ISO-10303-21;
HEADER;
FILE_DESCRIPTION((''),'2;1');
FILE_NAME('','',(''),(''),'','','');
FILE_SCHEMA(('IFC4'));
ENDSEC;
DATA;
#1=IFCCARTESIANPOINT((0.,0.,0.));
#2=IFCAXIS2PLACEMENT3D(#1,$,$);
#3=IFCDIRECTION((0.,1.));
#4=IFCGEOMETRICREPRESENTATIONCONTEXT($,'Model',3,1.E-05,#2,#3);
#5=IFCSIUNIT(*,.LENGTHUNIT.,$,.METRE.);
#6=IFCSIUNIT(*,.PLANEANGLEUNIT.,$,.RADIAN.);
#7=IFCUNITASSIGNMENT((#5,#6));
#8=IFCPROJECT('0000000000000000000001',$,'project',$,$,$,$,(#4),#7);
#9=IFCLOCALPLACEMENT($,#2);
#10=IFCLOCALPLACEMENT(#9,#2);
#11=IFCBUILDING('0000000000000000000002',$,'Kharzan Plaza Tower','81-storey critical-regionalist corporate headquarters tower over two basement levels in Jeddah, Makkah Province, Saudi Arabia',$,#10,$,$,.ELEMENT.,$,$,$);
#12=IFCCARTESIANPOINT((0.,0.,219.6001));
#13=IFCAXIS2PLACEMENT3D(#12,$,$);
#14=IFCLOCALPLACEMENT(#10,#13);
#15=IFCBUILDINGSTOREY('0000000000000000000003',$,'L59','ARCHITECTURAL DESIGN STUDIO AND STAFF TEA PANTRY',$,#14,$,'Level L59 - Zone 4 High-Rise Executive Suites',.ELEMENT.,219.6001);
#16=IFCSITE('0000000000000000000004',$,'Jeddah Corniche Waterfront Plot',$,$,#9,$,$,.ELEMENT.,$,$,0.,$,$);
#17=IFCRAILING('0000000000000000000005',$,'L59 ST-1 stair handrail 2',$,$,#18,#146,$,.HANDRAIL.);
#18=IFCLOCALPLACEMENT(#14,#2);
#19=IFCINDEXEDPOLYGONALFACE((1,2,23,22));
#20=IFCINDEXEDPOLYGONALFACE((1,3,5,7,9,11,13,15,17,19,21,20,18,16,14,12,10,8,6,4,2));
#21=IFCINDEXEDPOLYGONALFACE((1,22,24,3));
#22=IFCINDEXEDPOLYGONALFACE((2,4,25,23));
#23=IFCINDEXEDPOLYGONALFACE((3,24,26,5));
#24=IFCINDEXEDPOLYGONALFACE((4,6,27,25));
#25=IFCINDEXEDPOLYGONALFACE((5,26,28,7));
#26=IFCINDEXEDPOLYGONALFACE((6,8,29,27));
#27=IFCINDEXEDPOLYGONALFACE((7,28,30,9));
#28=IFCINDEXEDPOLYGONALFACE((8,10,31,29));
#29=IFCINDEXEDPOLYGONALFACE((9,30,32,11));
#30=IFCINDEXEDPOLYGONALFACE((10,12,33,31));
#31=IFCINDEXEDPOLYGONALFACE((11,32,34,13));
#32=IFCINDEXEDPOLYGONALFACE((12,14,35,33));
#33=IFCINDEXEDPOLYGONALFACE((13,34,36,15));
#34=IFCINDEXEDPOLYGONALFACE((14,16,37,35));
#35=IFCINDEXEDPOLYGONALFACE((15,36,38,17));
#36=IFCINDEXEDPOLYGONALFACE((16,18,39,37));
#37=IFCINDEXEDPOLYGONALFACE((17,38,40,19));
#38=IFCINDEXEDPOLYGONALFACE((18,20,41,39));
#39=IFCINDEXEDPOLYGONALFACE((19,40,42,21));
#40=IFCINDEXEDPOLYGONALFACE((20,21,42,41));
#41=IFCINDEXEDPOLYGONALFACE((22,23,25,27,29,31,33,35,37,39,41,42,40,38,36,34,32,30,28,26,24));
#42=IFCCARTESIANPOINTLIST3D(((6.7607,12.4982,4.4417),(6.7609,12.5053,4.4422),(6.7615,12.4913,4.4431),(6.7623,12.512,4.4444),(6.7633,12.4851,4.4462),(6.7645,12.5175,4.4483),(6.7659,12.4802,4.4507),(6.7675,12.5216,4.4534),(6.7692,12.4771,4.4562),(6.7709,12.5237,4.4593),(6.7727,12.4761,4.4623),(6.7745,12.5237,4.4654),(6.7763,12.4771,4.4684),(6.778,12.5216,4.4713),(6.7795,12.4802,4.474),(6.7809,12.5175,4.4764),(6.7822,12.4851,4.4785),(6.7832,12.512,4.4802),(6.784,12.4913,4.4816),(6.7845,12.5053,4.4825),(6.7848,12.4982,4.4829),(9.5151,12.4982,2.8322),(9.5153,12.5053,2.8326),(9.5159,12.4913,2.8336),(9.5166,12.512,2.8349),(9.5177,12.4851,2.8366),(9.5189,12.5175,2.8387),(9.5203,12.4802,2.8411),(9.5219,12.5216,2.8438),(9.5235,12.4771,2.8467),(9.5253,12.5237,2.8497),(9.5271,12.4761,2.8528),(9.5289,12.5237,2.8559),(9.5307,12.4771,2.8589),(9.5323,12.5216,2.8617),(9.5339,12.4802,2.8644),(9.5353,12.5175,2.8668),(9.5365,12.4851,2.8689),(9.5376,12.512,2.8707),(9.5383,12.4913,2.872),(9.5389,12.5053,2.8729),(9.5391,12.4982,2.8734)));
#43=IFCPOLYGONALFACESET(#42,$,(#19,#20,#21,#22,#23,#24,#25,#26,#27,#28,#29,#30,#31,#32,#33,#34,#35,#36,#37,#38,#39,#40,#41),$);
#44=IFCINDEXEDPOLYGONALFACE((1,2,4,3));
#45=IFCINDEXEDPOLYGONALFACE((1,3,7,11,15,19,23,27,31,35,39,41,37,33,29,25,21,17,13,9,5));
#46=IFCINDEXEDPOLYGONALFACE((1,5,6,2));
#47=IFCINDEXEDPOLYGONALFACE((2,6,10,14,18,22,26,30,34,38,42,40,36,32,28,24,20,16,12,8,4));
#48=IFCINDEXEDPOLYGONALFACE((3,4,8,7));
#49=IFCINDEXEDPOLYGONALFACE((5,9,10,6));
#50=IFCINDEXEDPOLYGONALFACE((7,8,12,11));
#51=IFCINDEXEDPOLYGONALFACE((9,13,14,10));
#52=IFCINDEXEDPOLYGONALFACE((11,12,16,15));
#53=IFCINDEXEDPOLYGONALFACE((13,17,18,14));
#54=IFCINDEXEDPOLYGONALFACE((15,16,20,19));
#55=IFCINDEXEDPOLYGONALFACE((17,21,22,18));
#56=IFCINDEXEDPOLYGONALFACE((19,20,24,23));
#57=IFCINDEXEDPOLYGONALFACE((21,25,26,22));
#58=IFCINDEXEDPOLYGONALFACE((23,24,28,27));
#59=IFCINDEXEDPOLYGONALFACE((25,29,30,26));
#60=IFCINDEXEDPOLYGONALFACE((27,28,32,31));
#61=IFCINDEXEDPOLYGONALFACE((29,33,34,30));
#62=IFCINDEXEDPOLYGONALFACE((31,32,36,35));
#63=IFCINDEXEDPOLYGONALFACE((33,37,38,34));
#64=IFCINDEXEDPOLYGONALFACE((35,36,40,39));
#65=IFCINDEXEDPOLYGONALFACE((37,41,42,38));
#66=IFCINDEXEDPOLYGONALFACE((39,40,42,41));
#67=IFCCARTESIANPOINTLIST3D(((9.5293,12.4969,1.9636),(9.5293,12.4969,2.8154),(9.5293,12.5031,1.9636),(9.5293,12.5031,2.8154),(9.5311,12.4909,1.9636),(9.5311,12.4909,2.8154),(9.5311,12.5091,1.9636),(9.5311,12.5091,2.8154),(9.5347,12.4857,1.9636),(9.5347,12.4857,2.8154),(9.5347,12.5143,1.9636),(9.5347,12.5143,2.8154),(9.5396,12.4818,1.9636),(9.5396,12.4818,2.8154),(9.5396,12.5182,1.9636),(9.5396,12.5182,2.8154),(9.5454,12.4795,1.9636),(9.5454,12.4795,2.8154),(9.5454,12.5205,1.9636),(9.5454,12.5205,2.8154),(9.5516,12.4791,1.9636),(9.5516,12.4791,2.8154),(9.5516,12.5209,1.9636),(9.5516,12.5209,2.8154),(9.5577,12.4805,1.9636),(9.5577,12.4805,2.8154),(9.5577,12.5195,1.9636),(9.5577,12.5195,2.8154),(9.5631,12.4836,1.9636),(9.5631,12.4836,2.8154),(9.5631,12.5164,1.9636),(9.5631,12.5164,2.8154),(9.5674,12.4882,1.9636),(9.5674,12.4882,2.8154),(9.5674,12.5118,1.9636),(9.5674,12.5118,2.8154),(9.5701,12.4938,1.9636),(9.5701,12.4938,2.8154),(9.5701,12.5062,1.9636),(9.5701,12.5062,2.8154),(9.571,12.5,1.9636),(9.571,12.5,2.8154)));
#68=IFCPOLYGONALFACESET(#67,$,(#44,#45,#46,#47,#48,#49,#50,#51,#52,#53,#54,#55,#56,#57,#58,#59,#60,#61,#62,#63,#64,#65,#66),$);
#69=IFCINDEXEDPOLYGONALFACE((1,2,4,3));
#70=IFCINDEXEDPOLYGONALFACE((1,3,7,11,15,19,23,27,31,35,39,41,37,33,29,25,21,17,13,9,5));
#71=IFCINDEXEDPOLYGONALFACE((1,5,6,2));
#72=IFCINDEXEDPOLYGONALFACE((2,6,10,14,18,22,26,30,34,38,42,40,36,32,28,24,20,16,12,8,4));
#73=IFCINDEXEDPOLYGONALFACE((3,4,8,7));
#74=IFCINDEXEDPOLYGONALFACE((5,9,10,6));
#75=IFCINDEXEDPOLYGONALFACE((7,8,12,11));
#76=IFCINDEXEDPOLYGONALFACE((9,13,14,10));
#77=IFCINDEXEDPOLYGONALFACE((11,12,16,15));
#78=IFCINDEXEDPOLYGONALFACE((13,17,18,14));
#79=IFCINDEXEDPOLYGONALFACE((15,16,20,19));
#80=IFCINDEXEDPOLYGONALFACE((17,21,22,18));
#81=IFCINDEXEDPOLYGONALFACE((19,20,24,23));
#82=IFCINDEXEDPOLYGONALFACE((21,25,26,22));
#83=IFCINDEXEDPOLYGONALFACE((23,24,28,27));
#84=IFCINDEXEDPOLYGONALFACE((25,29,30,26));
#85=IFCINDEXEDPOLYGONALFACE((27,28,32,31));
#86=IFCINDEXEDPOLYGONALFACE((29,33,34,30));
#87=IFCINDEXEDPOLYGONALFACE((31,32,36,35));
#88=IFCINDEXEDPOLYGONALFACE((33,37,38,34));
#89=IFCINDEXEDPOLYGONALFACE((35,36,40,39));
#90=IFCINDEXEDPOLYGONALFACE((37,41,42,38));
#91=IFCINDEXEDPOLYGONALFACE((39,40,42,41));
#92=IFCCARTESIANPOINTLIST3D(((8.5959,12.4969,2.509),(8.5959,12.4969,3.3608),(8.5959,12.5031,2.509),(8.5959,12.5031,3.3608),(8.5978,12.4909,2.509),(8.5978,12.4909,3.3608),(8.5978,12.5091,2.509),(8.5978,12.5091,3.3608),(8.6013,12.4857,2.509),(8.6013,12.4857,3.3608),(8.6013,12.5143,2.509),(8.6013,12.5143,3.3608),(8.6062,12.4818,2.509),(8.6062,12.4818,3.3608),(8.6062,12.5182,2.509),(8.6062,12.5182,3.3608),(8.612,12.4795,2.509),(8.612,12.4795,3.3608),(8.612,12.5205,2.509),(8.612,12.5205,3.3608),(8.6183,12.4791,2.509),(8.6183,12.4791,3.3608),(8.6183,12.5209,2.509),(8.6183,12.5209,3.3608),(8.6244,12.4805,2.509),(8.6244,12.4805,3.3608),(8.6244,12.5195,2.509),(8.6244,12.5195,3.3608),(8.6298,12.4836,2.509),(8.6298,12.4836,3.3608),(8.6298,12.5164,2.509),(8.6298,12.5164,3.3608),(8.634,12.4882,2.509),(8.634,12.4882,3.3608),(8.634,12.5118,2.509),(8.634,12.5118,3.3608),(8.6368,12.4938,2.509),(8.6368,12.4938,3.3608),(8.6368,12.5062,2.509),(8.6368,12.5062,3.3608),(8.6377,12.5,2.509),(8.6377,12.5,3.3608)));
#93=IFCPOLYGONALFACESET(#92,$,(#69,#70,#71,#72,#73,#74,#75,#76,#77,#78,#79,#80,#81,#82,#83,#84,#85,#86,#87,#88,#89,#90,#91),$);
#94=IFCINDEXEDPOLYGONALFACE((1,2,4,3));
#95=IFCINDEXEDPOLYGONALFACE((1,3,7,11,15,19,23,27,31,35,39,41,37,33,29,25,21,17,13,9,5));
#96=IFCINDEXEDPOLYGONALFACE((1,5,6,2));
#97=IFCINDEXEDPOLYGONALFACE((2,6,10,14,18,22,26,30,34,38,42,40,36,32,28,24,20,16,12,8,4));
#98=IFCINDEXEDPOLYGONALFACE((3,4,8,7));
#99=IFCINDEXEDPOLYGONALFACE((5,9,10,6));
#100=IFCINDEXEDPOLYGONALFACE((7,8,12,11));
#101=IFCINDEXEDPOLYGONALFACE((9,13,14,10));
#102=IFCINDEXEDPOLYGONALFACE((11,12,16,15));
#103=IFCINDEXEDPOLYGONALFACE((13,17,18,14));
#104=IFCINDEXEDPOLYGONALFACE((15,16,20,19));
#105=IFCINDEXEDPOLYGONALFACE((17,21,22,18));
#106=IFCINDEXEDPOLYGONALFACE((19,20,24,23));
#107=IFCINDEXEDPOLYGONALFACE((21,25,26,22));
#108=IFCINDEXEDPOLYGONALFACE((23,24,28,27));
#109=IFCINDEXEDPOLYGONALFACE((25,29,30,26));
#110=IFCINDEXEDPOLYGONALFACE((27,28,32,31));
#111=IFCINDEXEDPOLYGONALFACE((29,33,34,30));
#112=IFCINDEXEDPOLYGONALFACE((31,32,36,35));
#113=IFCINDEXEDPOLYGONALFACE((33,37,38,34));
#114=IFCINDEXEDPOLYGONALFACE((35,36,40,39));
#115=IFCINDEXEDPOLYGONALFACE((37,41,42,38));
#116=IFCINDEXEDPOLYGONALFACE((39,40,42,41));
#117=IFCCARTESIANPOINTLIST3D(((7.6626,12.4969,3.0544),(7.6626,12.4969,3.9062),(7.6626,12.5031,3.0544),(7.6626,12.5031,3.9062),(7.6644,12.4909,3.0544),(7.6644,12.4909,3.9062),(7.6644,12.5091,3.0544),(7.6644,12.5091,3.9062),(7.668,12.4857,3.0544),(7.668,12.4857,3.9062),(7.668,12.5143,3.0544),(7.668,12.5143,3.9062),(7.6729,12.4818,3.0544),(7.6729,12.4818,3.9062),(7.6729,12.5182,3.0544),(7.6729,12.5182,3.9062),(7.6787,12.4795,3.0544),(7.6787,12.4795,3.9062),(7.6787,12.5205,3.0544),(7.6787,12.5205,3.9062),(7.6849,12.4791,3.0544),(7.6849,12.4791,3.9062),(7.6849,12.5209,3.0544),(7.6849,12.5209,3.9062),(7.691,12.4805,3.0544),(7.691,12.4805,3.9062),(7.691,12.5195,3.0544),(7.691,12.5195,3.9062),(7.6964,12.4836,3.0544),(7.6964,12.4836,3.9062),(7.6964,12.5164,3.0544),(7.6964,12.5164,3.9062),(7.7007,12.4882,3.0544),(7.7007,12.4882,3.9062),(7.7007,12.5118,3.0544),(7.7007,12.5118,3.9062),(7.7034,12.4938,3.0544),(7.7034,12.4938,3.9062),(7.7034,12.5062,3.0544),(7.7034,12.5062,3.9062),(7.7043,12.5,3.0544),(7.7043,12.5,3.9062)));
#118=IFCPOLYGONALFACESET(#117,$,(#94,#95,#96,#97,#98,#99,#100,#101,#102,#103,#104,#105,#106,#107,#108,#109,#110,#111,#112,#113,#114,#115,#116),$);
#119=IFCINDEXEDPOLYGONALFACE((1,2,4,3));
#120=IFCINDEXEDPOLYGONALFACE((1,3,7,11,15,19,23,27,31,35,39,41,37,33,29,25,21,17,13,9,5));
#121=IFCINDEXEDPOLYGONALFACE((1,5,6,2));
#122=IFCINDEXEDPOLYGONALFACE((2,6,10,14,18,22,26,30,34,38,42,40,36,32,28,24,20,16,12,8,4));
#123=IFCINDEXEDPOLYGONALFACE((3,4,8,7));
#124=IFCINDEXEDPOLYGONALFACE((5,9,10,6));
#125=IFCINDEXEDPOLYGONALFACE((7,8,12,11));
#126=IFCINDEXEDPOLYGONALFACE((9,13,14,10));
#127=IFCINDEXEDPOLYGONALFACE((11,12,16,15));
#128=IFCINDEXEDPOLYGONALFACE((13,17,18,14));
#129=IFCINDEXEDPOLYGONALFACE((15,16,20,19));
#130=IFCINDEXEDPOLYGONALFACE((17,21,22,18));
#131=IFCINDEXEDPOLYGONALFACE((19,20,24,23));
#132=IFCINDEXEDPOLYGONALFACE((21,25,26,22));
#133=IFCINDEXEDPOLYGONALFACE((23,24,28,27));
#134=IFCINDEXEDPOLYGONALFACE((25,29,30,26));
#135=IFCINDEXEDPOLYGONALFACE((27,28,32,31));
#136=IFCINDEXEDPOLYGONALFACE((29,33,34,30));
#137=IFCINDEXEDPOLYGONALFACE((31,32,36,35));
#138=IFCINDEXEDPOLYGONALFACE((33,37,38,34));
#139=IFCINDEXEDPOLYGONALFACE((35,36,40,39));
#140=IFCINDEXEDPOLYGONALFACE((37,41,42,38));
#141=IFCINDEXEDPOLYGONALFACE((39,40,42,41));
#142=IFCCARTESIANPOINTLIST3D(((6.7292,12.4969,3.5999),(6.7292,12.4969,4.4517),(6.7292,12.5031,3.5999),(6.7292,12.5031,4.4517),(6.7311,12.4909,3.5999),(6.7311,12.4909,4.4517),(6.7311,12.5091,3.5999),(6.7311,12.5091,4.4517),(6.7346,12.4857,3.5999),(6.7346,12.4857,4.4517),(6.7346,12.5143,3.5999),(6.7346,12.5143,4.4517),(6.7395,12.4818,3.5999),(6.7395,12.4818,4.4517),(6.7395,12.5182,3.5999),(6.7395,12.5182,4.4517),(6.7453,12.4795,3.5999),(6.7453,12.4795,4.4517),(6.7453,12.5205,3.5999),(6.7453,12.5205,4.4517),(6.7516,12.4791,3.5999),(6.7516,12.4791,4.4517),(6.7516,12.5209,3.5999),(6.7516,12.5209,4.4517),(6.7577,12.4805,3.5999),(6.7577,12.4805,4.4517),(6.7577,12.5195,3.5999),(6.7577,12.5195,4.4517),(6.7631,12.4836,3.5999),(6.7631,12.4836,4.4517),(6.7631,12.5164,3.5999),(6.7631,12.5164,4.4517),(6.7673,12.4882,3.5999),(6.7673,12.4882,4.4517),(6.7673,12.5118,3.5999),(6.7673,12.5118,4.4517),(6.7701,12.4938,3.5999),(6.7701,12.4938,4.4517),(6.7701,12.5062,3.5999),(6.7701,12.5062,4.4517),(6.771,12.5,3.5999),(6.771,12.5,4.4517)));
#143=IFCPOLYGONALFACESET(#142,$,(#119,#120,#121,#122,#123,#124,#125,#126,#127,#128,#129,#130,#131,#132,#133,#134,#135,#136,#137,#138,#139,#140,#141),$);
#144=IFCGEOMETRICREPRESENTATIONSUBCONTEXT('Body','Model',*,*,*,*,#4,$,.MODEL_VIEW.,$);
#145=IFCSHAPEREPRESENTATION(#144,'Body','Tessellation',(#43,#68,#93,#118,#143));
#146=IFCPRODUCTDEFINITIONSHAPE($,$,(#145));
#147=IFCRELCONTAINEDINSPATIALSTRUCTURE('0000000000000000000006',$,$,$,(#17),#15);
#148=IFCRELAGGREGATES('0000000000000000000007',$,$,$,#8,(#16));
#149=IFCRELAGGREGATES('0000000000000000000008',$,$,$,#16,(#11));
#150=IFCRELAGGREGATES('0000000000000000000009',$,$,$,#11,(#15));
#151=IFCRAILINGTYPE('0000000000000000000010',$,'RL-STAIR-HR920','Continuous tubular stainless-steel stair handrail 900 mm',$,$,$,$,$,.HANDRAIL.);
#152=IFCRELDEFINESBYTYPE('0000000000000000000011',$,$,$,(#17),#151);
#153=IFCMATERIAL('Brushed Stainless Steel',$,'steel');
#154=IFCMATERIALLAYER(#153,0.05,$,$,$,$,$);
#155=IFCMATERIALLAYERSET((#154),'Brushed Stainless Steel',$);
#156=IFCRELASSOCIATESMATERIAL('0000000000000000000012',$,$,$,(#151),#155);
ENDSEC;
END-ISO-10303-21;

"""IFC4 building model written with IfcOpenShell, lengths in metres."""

from ifc_helpers import new_model, si_unit, direction, frame, origin, origin_2d, place, context, subcontext, project, spatial, circle, extrude, source, transform, mapped, material, layer, layer_set, type_object, element, save


model = new_model("IFC4")

# Units and contexts
model_context = context("Model", 3, precision=1e-05, world=origin(), true_north=direction((0.0, 1.0)))
body_context = subcontext(model_context, "Body", "Model", "MODEL_VIEW")
ifc_project = project(units=[si_unit("LENGTHUNIT", "METRE"), si_unit("PLANEANGLEUNIT", "RADIAN")], contexts=[model_context])

# Site, building, storey
site_placement = place(None, origin())
site = spatial("IfcSite", under=ifc_project, at=site_placement, Name="Jeddah Corniche Waterfront Plot", CompositionType="ELEMENT", RefElevation=0.0)
building_placement = place(site_placement, origin())
building = spatial("IfcBuilding", under=site, at=building_placement, Name="Kharzan Plaza Tower", Description="81-storey critical-regionalist corporate headquarters tower over two basement levels in Jeddah, Makkah Province, Saudi Arabia", CompositionType="ELEMENT")
storey_placement = place(building_placement, frame((0.0, 0.0, 219.6001)))
storey = spatial("IfcBuildingStorey", under=building, at=storey_placement, Name="L59", Description="ARCHITECTURAL DESIGN STUDIO AND STAFF TEA PANTRY", LongName="Level L59 - Zone 4 High-Rise Executive Suites", CompositionType="ELEMENT", Elevation=219.6001)

# Shared definitions
ifc_material_1 = material(Name="Brushed Stainless Steel", Category="steel")

# Railing
ifc_layer_1 = layer(ifc_material_1, 0.05)
ifc_layer_set_1 = layer_set([ifc_layer_1], Name="Brushed Stainless Steel")
railing_type_1 = type_object("IfcRailingType", Name="RL-STAIR-HR920", Description="Continuous tubular stainless-steel stair handrail 900 mm", PredefinedType="HANDRAIL", material=ifc_layer_set_1)
shared_shape_1 = source(origin(), body_context, "Body", "SweptSolid", [
    extrude(circle(Radius=0.0239, at=origin_2d()), frame((-0.0229, 0.0, 0.8892), z_axis=(-0.863394, 0.0, 0.504531), x_axis=(0.0, -1.0, 0.0)), (0.0, 0.0, 1.0), 3.1902),
    extrude(circle(Radius=0.021, at=origin_2d()), origin(), (0.0, 0.0, 1.0), 0.8518),
    extrude(circle(Radius=0.021, at=origin_2d()), frame((-0.9333, 0.0, 0.5454)), (0.0, 0.0, 1.0), 0.8518),
    extrude(circle(Radius=0.021, at=origin_2d()), frame((-1.8667, 0.0, 1.0908)), (0.0, 0.0, 1.0), 0.8518),
    extrude(circle(Radius=0.021, at=origin_2d()), frame((-2.8, 0.0, 1.6362)), (0.0, 0.0, 1.0), 0.8518),
])
railing_1_placement = place(storey_placement, frame((9.55, 12.5, 1.9636)))
element("IfcRailing", 1, at=railing_1_placement, inside=storey, type_object=railing_type_1, Name="L59 ST-1 stair handrail 2", PredefinedType="HANDRAIL", context=body_context, shape_type="MappedRepresentation", body=[
    mapped(shared_shape_1, transform((0.0, 0.0, 0.0), x_axis=(1.0, 0.0, 0.0), y_axis=(0.0, 1.0, 0.0), z_axis=(0.0, 0.0, 1.0))),
])

save(model, "model.ifc")
